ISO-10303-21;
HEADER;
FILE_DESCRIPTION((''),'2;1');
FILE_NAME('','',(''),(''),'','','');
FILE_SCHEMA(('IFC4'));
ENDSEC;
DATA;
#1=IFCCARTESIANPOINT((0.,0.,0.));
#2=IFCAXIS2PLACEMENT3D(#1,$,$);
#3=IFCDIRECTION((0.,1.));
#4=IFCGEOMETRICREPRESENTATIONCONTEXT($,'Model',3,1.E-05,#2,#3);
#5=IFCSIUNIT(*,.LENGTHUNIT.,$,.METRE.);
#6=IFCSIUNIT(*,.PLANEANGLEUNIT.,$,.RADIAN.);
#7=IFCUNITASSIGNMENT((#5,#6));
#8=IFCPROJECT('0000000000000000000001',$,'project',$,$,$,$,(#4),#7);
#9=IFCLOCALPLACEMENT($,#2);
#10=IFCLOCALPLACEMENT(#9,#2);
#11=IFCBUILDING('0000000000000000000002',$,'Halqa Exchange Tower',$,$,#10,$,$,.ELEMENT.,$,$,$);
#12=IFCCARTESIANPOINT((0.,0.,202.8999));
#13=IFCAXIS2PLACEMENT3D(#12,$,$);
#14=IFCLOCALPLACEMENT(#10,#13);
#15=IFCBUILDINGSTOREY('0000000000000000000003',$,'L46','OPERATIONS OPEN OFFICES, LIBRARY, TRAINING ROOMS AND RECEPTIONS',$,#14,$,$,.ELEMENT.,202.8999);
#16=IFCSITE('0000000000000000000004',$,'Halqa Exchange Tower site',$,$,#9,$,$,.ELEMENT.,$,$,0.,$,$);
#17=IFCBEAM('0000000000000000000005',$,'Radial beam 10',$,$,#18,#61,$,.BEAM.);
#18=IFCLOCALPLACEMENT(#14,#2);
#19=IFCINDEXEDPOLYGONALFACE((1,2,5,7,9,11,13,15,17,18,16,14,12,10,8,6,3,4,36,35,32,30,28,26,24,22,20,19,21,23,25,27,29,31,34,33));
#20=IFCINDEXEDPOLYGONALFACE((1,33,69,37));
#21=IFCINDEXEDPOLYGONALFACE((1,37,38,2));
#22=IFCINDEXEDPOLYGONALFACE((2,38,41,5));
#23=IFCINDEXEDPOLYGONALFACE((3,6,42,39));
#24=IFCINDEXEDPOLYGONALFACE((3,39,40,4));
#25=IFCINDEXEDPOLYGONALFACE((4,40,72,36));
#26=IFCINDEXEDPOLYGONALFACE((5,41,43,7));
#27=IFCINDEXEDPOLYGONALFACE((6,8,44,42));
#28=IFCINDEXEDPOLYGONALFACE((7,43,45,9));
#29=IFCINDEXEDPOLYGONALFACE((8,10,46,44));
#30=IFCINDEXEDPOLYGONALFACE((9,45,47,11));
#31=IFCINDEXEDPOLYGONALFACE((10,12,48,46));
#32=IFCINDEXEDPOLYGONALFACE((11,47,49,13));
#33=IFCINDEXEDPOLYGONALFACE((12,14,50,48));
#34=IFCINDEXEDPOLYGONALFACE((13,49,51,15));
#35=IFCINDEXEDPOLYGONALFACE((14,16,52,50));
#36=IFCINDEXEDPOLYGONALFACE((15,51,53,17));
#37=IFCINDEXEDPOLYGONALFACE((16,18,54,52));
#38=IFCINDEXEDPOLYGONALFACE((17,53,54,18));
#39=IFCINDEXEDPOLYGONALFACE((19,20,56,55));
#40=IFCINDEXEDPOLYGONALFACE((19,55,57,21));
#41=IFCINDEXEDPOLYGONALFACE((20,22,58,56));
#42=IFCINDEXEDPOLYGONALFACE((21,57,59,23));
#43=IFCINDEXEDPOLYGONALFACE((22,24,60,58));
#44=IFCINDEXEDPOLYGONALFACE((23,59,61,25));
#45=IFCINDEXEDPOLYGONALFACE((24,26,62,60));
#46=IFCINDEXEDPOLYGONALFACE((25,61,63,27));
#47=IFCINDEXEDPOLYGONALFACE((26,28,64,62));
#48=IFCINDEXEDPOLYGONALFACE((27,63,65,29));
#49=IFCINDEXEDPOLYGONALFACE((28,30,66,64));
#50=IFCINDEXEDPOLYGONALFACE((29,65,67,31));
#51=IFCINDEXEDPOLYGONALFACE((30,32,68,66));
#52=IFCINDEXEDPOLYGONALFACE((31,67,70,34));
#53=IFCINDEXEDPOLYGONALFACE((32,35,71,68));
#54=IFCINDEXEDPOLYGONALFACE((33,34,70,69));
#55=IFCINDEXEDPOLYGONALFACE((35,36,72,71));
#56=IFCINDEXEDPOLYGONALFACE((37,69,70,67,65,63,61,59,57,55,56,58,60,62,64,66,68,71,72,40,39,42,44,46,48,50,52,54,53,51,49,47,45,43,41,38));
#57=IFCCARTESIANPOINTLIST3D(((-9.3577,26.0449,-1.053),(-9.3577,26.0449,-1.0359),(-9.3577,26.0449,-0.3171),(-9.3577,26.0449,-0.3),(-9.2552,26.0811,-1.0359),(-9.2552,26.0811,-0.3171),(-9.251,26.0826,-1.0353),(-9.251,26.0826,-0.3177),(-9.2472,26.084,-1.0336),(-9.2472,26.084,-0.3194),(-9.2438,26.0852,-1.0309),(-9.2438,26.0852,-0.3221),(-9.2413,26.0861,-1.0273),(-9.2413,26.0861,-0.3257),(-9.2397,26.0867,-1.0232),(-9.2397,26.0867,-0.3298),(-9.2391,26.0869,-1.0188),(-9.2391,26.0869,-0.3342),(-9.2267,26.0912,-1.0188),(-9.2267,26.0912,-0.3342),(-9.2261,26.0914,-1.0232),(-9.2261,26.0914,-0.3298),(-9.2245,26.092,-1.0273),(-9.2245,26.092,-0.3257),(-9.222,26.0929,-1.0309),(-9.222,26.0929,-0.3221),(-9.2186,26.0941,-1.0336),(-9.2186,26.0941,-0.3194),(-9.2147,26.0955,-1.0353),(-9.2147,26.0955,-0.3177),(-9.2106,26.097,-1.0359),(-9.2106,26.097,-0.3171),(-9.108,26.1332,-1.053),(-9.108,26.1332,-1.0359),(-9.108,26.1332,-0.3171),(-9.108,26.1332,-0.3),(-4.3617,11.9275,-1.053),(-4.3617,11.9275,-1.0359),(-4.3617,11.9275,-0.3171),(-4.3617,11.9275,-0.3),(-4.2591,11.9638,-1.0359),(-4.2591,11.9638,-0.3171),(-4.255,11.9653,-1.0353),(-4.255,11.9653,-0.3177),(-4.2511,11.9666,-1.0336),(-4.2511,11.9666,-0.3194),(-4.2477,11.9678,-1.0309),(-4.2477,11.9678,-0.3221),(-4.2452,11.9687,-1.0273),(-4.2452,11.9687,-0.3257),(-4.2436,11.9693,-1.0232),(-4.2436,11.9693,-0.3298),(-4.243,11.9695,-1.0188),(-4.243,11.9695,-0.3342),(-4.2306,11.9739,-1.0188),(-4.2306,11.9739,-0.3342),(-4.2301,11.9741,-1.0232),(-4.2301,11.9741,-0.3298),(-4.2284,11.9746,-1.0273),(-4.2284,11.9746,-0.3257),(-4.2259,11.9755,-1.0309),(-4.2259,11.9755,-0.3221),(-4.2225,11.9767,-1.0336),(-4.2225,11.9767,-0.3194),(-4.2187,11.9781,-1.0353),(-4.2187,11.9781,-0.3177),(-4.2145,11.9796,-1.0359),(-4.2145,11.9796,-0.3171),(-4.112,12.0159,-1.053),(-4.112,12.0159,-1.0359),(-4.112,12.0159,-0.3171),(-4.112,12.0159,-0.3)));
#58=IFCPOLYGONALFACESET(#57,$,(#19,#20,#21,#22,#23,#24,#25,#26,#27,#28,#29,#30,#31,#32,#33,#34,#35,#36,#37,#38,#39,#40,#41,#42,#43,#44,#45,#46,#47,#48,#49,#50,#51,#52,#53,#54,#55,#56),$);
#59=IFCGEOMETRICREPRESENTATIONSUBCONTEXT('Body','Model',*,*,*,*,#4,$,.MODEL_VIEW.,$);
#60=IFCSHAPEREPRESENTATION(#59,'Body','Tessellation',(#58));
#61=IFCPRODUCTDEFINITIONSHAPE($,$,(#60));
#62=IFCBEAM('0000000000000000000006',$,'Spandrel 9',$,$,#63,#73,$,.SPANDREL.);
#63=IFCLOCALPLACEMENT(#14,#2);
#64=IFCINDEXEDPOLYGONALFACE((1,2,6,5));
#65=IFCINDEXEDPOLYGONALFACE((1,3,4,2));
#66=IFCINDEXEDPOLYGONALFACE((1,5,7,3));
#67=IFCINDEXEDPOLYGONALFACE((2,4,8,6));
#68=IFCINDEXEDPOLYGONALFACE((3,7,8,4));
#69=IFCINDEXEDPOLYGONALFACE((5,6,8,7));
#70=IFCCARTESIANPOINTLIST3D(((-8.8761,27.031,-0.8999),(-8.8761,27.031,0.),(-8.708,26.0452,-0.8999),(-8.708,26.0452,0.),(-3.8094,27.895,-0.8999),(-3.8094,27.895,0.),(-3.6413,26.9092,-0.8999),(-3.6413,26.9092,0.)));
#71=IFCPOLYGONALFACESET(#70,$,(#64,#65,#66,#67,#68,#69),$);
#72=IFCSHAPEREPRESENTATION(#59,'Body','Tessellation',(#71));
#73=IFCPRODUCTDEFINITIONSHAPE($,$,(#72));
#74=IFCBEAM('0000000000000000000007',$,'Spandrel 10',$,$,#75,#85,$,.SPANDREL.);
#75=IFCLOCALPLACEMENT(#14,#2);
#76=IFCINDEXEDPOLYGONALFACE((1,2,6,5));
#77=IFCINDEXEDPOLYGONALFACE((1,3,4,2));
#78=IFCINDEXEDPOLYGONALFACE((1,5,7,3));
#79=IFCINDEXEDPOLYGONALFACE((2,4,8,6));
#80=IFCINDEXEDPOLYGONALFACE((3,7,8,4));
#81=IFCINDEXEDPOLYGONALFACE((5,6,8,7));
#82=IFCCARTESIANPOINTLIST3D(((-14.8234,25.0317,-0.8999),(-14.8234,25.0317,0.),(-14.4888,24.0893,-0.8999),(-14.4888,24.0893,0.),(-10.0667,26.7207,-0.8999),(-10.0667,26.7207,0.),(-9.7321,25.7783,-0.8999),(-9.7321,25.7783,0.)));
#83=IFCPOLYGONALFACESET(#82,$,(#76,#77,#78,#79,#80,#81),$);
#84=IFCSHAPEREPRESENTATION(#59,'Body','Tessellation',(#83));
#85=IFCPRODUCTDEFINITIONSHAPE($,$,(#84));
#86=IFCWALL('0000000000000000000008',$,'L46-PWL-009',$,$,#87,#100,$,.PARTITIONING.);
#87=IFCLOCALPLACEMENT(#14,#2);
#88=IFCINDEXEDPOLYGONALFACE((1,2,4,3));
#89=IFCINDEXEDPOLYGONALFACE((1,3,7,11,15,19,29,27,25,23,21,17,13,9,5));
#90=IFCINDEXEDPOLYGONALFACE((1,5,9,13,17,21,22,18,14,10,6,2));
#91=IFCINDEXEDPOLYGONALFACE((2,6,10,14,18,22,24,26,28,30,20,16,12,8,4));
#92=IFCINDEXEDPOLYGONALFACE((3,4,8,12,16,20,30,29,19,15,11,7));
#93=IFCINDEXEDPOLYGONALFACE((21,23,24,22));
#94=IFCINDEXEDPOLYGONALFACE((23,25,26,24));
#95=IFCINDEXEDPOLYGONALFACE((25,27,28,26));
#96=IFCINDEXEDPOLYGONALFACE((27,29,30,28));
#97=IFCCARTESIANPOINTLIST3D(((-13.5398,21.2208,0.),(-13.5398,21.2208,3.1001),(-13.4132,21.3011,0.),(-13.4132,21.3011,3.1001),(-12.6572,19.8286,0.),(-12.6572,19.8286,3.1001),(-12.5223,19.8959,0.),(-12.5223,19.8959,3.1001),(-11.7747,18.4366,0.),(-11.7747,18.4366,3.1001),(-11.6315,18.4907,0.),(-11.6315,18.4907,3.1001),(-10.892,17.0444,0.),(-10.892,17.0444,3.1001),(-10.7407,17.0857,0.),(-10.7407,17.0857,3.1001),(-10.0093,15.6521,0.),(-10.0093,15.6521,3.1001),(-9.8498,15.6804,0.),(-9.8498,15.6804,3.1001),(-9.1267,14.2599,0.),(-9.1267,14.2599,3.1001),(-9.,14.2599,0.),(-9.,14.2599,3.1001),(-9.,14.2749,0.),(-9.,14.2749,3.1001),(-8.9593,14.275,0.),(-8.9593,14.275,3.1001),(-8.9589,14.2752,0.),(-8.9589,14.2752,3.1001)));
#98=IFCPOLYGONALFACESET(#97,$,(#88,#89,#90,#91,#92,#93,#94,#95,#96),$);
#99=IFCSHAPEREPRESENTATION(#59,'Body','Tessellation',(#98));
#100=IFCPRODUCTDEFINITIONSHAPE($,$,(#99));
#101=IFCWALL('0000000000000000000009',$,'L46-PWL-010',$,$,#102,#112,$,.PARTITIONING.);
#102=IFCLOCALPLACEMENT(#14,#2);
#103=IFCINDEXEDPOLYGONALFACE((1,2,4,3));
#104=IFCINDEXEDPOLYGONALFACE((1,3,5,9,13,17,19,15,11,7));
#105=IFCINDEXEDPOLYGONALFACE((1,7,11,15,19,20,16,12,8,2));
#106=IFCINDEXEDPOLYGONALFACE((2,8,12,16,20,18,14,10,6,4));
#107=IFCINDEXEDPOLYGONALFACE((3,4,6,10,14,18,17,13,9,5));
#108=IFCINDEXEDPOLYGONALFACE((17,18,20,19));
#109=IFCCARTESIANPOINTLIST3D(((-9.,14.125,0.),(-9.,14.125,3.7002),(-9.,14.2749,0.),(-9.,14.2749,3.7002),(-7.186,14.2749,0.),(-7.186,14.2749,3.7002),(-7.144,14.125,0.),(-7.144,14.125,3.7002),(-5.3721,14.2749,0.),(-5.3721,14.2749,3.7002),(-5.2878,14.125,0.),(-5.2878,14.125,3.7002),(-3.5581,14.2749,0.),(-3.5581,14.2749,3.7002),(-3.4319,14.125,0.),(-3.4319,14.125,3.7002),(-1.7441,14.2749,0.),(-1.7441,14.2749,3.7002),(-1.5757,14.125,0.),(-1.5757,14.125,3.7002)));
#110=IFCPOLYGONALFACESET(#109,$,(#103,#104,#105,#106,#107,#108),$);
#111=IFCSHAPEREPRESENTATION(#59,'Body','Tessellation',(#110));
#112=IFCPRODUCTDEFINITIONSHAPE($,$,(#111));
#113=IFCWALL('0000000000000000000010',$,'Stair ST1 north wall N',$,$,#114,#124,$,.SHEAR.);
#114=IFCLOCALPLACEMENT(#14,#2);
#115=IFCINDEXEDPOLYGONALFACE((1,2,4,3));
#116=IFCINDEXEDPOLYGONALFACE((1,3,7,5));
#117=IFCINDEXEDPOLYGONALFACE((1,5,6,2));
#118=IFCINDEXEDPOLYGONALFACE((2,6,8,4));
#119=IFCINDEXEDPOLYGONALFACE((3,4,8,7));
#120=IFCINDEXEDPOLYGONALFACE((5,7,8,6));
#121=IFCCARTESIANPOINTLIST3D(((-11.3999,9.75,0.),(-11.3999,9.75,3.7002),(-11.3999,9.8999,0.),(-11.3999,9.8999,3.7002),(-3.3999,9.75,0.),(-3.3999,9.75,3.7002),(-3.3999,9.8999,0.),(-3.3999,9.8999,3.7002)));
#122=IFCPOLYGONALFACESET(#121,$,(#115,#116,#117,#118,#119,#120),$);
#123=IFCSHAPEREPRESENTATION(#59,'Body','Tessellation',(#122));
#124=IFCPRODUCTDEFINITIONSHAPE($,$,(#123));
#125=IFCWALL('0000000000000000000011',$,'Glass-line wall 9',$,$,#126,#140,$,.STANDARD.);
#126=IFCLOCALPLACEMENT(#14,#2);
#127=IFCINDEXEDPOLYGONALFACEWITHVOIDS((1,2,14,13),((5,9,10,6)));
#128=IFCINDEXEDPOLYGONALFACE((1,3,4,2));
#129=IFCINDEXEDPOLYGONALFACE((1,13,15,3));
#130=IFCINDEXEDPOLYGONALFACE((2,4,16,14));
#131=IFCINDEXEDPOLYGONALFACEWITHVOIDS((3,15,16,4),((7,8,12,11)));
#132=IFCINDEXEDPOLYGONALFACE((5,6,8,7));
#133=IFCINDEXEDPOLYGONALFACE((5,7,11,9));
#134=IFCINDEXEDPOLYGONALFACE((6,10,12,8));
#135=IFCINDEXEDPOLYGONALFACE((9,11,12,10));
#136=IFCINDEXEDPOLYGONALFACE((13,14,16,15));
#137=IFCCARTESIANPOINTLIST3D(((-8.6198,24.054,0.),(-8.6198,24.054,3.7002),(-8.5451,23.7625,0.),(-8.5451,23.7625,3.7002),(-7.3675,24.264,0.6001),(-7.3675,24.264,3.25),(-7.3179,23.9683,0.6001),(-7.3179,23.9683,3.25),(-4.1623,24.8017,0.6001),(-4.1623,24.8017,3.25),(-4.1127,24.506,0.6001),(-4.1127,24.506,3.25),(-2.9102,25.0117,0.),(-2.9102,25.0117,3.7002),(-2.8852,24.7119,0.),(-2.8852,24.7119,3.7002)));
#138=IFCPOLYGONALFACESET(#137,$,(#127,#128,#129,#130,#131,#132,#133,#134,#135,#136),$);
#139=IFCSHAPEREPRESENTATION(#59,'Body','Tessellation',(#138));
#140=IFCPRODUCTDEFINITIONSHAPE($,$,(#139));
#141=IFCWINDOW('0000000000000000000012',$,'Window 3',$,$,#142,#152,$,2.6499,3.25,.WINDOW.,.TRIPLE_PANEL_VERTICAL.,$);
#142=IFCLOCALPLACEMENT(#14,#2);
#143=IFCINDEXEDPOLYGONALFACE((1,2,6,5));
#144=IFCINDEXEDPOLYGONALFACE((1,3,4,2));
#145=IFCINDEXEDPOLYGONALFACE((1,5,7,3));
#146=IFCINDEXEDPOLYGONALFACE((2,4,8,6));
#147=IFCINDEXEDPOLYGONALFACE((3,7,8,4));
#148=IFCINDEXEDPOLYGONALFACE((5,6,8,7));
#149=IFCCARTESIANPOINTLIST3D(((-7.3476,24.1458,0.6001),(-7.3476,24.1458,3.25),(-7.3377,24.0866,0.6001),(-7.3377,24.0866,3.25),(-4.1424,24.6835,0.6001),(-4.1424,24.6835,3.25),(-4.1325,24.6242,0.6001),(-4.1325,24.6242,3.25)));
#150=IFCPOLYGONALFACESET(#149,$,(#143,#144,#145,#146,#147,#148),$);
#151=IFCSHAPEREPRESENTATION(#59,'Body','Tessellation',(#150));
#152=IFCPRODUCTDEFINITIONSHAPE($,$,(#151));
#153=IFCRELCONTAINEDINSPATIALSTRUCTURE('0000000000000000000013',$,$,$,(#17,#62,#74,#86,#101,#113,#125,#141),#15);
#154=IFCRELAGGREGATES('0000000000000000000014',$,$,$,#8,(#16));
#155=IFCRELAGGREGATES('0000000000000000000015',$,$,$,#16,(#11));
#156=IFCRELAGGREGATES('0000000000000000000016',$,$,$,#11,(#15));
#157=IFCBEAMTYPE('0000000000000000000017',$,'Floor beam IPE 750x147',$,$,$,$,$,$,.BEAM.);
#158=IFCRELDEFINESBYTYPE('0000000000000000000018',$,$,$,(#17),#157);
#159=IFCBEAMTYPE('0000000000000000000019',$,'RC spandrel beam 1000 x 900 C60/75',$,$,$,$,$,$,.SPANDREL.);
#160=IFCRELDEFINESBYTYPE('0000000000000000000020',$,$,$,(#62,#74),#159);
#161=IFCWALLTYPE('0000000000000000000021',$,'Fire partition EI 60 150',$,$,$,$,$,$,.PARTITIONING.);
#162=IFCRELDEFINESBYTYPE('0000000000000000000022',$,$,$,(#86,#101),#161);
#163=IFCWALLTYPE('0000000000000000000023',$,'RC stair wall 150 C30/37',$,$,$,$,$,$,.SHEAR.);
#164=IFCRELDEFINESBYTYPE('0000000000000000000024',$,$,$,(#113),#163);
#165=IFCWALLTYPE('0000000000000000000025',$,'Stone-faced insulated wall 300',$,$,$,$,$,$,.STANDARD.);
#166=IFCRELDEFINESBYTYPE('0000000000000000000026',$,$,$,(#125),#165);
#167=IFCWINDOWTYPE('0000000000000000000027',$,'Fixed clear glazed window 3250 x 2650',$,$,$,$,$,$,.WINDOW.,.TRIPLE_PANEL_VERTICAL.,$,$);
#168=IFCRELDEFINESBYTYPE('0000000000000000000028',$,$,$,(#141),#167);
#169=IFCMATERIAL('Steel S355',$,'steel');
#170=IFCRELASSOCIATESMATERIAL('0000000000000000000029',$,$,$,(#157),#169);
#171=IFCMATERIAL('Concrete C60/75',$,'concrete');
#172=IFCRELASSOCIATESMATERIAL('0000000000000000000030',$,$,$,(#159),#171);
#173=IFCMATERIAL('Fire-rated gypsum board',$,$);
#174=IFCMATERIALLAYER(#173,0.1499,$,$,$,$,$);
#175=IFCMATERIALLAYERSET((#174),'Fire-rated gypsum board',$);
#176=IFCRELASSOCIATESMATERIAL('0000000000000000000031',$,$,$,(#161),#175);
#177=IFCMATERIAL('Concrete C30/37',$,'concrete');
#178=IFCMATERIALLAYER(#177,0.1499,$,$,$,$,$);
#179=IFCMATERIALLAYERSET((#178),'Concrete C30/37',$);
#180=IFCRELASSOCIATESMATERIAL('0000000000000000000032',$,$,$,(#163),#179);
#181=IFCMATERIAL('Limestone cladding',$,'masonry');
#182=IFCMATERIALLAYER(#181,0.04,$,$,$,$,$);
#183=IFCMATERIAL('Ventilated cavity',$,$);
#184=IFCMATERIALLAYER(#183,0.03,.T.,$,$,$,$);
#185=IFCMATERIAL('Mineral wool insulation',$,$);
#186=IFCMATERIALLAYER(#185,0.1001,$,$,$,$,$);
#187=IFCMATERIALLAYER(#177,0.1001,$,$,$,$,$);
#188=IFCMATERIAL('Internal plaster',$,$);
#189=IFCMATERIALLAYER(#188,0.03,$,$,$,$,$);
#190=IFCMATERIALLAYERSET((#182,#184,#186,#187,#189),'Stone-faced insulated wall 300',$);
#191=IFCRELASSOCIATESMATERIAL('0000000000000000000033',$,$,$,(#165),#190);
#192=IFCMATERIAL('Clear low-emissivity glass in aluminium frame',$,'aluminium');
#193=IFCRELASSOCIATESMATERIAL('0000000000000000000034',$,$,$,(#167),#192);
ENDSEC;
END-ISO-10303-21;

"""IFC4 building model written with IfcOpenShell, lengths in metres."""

from ifc_helpers import new_model, si_unit, direction, frame, frame_2d, origin, origin_2d, place, context, subcontext, project, spatial, polyline, rectangle, i_section, outline, extrude, material, layer, layer_set, material_profile, profile_set, type_object, element, fill, save


model = new_model("IFC4")

# Units and contexts
model_context = context("Model", 3, precision=1e-05, world=origin(), true_north=direction((0.0, 1.0)))
body_context = subcontext(model_context, "Body", "Model", "MODEL_VIEW")
ifc_project = project(units=[si_unit("LENGTHUNIT", "METRE"), si_unit("PLANEANGLEUNIT", "RADIAN")], contexts=[model_context])

# Site, building, storey
site_placement = place(None, origin())
site = spatial("IfcSite", under=ifc_project, at=site_placement, Name="Halqa Exchange Tower site", CompositionType="ELEMENT", RefElevation=0.0)
building_placement = place(site_placement, origin())
building = spatial("IfcBuilding", under=site, at=building_placement, Name="Halqa Exchange Tower", CompositionType="ELEMENT")
storey_placement = place(building_placement, frame((0.0, 0.0, 202.8999)))
storey = spatial("IfcBuildingStorey", under=building, at=storey_placement, Name="L46", Description="OPERATIONS OPEN OFFICES, LIBRARY, TRAINING ROOMS AND RECEPTIONS", CompositionType="ELEMENT", Elevation=202.8999)

# Shared definitions
ifc_material_1 = material(Name="Concrete C60/75", Category="concrete")

# Beams
ifc_material_2 = material(Name="Steel S355", Category="steel")
ifc_material_profile_1 = material_profile(ifc_material_2, i_section(OverallWidth=0.2649, OverallDepth=0.7529, WebThickness=0.0132, FlangeThickness=0.0171, FilletRadius=0.0171, at=origin_2d()), Name="IPE 750x147")
ifc_profile_set_1 = profile_set([ifc_material_profile_1], Name="Steel S355")
beam_type_1 = type_object("IfcBeamType", Name="Floor beam IPE 750x147", PredefinedType="BEAM", material=ifc_profile_set_1)
beam_1_placement = place(storey_placement, frame((-4.2368, 11.9717, -0.6765), z_axis=(-0.33362, 0.942708, 0.0), x_axis=(-0.942708, -0.33362, 0.0)))
element("IfcBeam", 1, at=beam_1_placement, inside=storey, type_object=beam_type_1, Name="Radial beam 10", PredefinedType="BEAM", context=body_context, shape_type="SweptSolid", body=[
    extrude(i_section(OverallWidth=0.2649, OverallDepth=0.7529, WebThickness=0.0132, FlangeThickness=0.0171, FilletRadius=0.0171, at=origin_2d()), origin(), (0.0, 0.0, 1.0), 14.9753),
])
ifc_material_profile_2 = material_profile(ifc_material_1, rectangle(XDim=1.0, YDim=0.8999, at=origin_2d()), Name="1000 x 900")
ifc_profile_set_2 = profile_set([ifc_material_profile_2], Name="Concrete C60/75")
beam_type_2 = type_object("IfcBeamType", Name="RC spandrel beam 1000 x 900 C60/75", PredefinedType="SPANDREL", material=ifc_profile_set_2)
beam_2_placement = place(storey_placement, frame((-3.7253, 27.4021, -0.45), z_axis=(-0.985769, -0.168103, 0.0), x_axis=(0.168103, -0.985769, 0.0)))
element("IfcBeam", 2, at=beam_2_placement, inside=storey, type_object=beam_type_2, Name="Spandrel 9", PredefinedType="SPANDREL", context=body_context, shape_type="SweptSolid", body=[
    extrude(rectangle(XDim=1.0, YDim=0.8999, at=origin_2d()), origin(), (0.0, 0.0, 1.0), 5.1399),
])
beam_3_placement = place(storey_placement, frame((-9.8994, 26.2495, -0.45), z_axis=(-0.942356, -0.334611, 0.0), x_axis=(0.334611, -0.942356, 0.0)))
element("IfcBeam", 3, at=beam_3_placement, inside=storey, type_object=beam_type_2, Name="Spandrel 10", PredefinedType="SPANDREL", context=body_context, shape_type="SweptSolid", body=[
    extrude(rectangle(XDim=1.0, YDim=0.8999, at=origin_2d()), origin(), (0.0, 0.0, 1.0), 5.0476),
])

# Walls
ifc_material_3 = material(Name="Fire-rated gypsum board")
ifc_layer_1 = layer(ifc_material_3, 0.1499)
ifc_layer_set_1 = layer_set([ifc_layer_1], Name="Fire-rated gypsum board")
wall_type_1 = type_object("IfcWallType", Name="Fire partition EI 60 150", PredefinedType="PARTITIONING", material=ifc_layer_set_1)
wall_1_placement = place(storey_placement, frame((-9.0222, 14.2351, 0.0), z_axis=(0.0, 0.0, 1.0), x_axis=(-0.535449, 0.844568, 0.0)))
element("IfcWall", 4, at=wall_1_placement, inside=storey, type_object=wall_type_1, Name="L46-PWL-009", PredefinedType="PARTITIONING", context=body_context, shape_type="SweptSolid", body=[
    extrude(outline(polyline([(8.3188, 0.075), (6.6704, 0.075), (5.0222, 0.075), (3.3738, 0.075), (1.7253, 0.075), (0.0769, 0.075), (0.009, -0.032), (0.0217, -0.04), (0.0, -0.0745), (0.0, -0.075), (1.6638, -0.075), (3.3276, -0.075), (4.9912, -0.075), (6.655, -0.075), (8.3188, -0.075), (8.3188, 0.075)])), origin(), (0.0, 0.0, 1.0), 3.1001),
])
wall_2_placement = place(storey_placement, frame((-9.0, 14.2, 0.0), z_axis=(0.0, 0.0, 1.0), x_axis=(1.0, 0.0, 0.0)))
element("IfcWall", 5, at=wall_2_placement, inside=storey, type_object=wall_type_1, Name="L46-PWL-010", PredefinedType="PARTITIONING", context=body_context, shape_type="SweptSolid", body=[
    extrude(outline(polyline([(0.0, -0.075), (1.856, -0.075), (3.7122, -0.075), (5.5681, -0.075), (7.4243, -0.075), (7.2559, 0.075), (5.4419, 0.075), (3.6279, 0.075), (1.814, 0.075), (0.0, 0.075), (0.0, -0.075)])), origin(), (0.0, 0.0, 1.0), 3.7002),
])

# Wall
ifc_material_4 = material(Name="Concrete C30/37", Category="concrete")
ifc_layer_2 = layer(ifc_material_4, 0.1499)
ifc_layer_set_2 = layer_set([ifc_layer_2], Name="Concrete C30/37")
wall_type_2 = type_object("IfcWallType", Name="RC stair wall 150 C30/37", PredefinedType="SHEAR", material=ifc_layer_set_2)
wall_3_placement = place(storey_placement, frame((-11.3999, 9.825, 0.0), z_axis=(0.0, 0.0, 1.0), x_axis=(1.0, 0.0, 0.0)))
element("IfcWall", 6, at=wall_3_placement, inside=storey, type_object=wall_type_2, Name="Stair ST1 north wall N", PredefinedType="SHEAR", context=body_context, shape_type="SweptSolid", body=[
    extrude(rectangle(XDim=8.0, YDim=0.1499, at=frame_2d((4.0, 0.0))), origin(), (0.0, 0.0, 1.0), 3.7002),
])

# Wall, opening, window
ifc_material_5 = material(Name="Limestone cladding", Category="masonry")
ifc_layer_3 = layer(ifc_material_5, 0.04)
ifc_material_6 = material(Name="Ventilated cavity")
ifc_layer_4 = layer(ifc_material_6, 0.03, ventilated=True)
ifc_material_7 = material(Name="Mineral wool insulation")
ifc_layer_5 = layer(ifc_material_7, 0.1001)
ifc_layer_6 = layer(ifc_material_4, 0.1001)
ifc_material_8 = material(Name="Internal plaster")
ifc_layer_7 = layer(ifc_material_8, 0.03)
ifc_layer_set_3 = layer_set([ifc_layer_3, ifc_layer_4, ifc_layer_5, ifc_layer_6, ifc_layer_7], Name="Stone-faced insulated wall 300")
wall_type_3 = type_object("IfcWallType", Name="Stone-faced insulated wall 300", PredefinedType="STANDARD", material=ifc_layer_set_3)
wall_4_placement = place(storey_placement, frame((-2.8977, 24.8618, 0.0), z_axis=(0.0, 0.0, 1.0), x_axis=(-0.986221, -0.165436, 0.0)))
wall_4 = element("IfcWall", 7, at=wall_4_placement, inside=storey, type_object=wall_type_3, Name="Glass-line wall 9", PredefinedType="STANDARD", context=body_context, shape_type="SweptSolid", body=[
    extrude(outline(polyline([(-0.0125, -0.1499), (5.7769, -0.1499), (5.7515, 0.1499), (0.0125, 0.1499), (-0.0125, -0.1499)])), origin(), (0.0, 0.0, 1.0), 3.7002),
])
opening_1_placement = place(wall_4_placement, frame((1.2571, 0.0, 0.6001)))
opening_1 = element("IfcOpeningElement", 8, at=opening_1_placement, cuts=wall_4, PredefinedType="OPENING", context=body_context, shape_type="SweptSolid", body=[
    extrude(rectangle(XDim=3.25, YDim=2.6499, at=frame_2d((1.625, 1.325))), frame((0.0, 0.1621, 0.0), z_axis=(0.0, -1.0, 0.0), x_axis=(1.0, 0.0, 0.0)), (0.0, 0.0, 1.0), 0.324),
])
ifc_material_9 = material(Name="Clear low-emissivity glass in aluminium frame", Category="aluminium")
window_type = type_object("IfcWindowType", Name="Fixed clear glazed window 3250 x 2650", PartitioningType="TRIPLE_PANEL_VERTICAL", PredefinedType="WINDOW", material=ifc_material_9)
window_1_placement = place(opening_1_placement, origin())
window_1 = element("IfcWindow", 9, at=window_1_placement, inside=storey, type_object=window_type, Name="Window 3", OverallHeight=2.6499, OverallWidth=3.25, PartitioningType="TRIPLE_PANEL_VERTICAL", PredefinedType="WINDOW", context=body_context, shape_type="SweptSolid", body=[
    extrude(rectangle(XDim=3.25, YDim=2.6499, at=frame_2d((1.625, 1.325))), frame((0.0, 0.03, 0.0), z_axis=(0.0, -1.0, 0.0), x_axis=(1.0, 0.0, 0.0)), (0.0, 0.0, 1.0), 0.0601),
])
fill(opening_1, window_1)

save(model, "model.ifc")
